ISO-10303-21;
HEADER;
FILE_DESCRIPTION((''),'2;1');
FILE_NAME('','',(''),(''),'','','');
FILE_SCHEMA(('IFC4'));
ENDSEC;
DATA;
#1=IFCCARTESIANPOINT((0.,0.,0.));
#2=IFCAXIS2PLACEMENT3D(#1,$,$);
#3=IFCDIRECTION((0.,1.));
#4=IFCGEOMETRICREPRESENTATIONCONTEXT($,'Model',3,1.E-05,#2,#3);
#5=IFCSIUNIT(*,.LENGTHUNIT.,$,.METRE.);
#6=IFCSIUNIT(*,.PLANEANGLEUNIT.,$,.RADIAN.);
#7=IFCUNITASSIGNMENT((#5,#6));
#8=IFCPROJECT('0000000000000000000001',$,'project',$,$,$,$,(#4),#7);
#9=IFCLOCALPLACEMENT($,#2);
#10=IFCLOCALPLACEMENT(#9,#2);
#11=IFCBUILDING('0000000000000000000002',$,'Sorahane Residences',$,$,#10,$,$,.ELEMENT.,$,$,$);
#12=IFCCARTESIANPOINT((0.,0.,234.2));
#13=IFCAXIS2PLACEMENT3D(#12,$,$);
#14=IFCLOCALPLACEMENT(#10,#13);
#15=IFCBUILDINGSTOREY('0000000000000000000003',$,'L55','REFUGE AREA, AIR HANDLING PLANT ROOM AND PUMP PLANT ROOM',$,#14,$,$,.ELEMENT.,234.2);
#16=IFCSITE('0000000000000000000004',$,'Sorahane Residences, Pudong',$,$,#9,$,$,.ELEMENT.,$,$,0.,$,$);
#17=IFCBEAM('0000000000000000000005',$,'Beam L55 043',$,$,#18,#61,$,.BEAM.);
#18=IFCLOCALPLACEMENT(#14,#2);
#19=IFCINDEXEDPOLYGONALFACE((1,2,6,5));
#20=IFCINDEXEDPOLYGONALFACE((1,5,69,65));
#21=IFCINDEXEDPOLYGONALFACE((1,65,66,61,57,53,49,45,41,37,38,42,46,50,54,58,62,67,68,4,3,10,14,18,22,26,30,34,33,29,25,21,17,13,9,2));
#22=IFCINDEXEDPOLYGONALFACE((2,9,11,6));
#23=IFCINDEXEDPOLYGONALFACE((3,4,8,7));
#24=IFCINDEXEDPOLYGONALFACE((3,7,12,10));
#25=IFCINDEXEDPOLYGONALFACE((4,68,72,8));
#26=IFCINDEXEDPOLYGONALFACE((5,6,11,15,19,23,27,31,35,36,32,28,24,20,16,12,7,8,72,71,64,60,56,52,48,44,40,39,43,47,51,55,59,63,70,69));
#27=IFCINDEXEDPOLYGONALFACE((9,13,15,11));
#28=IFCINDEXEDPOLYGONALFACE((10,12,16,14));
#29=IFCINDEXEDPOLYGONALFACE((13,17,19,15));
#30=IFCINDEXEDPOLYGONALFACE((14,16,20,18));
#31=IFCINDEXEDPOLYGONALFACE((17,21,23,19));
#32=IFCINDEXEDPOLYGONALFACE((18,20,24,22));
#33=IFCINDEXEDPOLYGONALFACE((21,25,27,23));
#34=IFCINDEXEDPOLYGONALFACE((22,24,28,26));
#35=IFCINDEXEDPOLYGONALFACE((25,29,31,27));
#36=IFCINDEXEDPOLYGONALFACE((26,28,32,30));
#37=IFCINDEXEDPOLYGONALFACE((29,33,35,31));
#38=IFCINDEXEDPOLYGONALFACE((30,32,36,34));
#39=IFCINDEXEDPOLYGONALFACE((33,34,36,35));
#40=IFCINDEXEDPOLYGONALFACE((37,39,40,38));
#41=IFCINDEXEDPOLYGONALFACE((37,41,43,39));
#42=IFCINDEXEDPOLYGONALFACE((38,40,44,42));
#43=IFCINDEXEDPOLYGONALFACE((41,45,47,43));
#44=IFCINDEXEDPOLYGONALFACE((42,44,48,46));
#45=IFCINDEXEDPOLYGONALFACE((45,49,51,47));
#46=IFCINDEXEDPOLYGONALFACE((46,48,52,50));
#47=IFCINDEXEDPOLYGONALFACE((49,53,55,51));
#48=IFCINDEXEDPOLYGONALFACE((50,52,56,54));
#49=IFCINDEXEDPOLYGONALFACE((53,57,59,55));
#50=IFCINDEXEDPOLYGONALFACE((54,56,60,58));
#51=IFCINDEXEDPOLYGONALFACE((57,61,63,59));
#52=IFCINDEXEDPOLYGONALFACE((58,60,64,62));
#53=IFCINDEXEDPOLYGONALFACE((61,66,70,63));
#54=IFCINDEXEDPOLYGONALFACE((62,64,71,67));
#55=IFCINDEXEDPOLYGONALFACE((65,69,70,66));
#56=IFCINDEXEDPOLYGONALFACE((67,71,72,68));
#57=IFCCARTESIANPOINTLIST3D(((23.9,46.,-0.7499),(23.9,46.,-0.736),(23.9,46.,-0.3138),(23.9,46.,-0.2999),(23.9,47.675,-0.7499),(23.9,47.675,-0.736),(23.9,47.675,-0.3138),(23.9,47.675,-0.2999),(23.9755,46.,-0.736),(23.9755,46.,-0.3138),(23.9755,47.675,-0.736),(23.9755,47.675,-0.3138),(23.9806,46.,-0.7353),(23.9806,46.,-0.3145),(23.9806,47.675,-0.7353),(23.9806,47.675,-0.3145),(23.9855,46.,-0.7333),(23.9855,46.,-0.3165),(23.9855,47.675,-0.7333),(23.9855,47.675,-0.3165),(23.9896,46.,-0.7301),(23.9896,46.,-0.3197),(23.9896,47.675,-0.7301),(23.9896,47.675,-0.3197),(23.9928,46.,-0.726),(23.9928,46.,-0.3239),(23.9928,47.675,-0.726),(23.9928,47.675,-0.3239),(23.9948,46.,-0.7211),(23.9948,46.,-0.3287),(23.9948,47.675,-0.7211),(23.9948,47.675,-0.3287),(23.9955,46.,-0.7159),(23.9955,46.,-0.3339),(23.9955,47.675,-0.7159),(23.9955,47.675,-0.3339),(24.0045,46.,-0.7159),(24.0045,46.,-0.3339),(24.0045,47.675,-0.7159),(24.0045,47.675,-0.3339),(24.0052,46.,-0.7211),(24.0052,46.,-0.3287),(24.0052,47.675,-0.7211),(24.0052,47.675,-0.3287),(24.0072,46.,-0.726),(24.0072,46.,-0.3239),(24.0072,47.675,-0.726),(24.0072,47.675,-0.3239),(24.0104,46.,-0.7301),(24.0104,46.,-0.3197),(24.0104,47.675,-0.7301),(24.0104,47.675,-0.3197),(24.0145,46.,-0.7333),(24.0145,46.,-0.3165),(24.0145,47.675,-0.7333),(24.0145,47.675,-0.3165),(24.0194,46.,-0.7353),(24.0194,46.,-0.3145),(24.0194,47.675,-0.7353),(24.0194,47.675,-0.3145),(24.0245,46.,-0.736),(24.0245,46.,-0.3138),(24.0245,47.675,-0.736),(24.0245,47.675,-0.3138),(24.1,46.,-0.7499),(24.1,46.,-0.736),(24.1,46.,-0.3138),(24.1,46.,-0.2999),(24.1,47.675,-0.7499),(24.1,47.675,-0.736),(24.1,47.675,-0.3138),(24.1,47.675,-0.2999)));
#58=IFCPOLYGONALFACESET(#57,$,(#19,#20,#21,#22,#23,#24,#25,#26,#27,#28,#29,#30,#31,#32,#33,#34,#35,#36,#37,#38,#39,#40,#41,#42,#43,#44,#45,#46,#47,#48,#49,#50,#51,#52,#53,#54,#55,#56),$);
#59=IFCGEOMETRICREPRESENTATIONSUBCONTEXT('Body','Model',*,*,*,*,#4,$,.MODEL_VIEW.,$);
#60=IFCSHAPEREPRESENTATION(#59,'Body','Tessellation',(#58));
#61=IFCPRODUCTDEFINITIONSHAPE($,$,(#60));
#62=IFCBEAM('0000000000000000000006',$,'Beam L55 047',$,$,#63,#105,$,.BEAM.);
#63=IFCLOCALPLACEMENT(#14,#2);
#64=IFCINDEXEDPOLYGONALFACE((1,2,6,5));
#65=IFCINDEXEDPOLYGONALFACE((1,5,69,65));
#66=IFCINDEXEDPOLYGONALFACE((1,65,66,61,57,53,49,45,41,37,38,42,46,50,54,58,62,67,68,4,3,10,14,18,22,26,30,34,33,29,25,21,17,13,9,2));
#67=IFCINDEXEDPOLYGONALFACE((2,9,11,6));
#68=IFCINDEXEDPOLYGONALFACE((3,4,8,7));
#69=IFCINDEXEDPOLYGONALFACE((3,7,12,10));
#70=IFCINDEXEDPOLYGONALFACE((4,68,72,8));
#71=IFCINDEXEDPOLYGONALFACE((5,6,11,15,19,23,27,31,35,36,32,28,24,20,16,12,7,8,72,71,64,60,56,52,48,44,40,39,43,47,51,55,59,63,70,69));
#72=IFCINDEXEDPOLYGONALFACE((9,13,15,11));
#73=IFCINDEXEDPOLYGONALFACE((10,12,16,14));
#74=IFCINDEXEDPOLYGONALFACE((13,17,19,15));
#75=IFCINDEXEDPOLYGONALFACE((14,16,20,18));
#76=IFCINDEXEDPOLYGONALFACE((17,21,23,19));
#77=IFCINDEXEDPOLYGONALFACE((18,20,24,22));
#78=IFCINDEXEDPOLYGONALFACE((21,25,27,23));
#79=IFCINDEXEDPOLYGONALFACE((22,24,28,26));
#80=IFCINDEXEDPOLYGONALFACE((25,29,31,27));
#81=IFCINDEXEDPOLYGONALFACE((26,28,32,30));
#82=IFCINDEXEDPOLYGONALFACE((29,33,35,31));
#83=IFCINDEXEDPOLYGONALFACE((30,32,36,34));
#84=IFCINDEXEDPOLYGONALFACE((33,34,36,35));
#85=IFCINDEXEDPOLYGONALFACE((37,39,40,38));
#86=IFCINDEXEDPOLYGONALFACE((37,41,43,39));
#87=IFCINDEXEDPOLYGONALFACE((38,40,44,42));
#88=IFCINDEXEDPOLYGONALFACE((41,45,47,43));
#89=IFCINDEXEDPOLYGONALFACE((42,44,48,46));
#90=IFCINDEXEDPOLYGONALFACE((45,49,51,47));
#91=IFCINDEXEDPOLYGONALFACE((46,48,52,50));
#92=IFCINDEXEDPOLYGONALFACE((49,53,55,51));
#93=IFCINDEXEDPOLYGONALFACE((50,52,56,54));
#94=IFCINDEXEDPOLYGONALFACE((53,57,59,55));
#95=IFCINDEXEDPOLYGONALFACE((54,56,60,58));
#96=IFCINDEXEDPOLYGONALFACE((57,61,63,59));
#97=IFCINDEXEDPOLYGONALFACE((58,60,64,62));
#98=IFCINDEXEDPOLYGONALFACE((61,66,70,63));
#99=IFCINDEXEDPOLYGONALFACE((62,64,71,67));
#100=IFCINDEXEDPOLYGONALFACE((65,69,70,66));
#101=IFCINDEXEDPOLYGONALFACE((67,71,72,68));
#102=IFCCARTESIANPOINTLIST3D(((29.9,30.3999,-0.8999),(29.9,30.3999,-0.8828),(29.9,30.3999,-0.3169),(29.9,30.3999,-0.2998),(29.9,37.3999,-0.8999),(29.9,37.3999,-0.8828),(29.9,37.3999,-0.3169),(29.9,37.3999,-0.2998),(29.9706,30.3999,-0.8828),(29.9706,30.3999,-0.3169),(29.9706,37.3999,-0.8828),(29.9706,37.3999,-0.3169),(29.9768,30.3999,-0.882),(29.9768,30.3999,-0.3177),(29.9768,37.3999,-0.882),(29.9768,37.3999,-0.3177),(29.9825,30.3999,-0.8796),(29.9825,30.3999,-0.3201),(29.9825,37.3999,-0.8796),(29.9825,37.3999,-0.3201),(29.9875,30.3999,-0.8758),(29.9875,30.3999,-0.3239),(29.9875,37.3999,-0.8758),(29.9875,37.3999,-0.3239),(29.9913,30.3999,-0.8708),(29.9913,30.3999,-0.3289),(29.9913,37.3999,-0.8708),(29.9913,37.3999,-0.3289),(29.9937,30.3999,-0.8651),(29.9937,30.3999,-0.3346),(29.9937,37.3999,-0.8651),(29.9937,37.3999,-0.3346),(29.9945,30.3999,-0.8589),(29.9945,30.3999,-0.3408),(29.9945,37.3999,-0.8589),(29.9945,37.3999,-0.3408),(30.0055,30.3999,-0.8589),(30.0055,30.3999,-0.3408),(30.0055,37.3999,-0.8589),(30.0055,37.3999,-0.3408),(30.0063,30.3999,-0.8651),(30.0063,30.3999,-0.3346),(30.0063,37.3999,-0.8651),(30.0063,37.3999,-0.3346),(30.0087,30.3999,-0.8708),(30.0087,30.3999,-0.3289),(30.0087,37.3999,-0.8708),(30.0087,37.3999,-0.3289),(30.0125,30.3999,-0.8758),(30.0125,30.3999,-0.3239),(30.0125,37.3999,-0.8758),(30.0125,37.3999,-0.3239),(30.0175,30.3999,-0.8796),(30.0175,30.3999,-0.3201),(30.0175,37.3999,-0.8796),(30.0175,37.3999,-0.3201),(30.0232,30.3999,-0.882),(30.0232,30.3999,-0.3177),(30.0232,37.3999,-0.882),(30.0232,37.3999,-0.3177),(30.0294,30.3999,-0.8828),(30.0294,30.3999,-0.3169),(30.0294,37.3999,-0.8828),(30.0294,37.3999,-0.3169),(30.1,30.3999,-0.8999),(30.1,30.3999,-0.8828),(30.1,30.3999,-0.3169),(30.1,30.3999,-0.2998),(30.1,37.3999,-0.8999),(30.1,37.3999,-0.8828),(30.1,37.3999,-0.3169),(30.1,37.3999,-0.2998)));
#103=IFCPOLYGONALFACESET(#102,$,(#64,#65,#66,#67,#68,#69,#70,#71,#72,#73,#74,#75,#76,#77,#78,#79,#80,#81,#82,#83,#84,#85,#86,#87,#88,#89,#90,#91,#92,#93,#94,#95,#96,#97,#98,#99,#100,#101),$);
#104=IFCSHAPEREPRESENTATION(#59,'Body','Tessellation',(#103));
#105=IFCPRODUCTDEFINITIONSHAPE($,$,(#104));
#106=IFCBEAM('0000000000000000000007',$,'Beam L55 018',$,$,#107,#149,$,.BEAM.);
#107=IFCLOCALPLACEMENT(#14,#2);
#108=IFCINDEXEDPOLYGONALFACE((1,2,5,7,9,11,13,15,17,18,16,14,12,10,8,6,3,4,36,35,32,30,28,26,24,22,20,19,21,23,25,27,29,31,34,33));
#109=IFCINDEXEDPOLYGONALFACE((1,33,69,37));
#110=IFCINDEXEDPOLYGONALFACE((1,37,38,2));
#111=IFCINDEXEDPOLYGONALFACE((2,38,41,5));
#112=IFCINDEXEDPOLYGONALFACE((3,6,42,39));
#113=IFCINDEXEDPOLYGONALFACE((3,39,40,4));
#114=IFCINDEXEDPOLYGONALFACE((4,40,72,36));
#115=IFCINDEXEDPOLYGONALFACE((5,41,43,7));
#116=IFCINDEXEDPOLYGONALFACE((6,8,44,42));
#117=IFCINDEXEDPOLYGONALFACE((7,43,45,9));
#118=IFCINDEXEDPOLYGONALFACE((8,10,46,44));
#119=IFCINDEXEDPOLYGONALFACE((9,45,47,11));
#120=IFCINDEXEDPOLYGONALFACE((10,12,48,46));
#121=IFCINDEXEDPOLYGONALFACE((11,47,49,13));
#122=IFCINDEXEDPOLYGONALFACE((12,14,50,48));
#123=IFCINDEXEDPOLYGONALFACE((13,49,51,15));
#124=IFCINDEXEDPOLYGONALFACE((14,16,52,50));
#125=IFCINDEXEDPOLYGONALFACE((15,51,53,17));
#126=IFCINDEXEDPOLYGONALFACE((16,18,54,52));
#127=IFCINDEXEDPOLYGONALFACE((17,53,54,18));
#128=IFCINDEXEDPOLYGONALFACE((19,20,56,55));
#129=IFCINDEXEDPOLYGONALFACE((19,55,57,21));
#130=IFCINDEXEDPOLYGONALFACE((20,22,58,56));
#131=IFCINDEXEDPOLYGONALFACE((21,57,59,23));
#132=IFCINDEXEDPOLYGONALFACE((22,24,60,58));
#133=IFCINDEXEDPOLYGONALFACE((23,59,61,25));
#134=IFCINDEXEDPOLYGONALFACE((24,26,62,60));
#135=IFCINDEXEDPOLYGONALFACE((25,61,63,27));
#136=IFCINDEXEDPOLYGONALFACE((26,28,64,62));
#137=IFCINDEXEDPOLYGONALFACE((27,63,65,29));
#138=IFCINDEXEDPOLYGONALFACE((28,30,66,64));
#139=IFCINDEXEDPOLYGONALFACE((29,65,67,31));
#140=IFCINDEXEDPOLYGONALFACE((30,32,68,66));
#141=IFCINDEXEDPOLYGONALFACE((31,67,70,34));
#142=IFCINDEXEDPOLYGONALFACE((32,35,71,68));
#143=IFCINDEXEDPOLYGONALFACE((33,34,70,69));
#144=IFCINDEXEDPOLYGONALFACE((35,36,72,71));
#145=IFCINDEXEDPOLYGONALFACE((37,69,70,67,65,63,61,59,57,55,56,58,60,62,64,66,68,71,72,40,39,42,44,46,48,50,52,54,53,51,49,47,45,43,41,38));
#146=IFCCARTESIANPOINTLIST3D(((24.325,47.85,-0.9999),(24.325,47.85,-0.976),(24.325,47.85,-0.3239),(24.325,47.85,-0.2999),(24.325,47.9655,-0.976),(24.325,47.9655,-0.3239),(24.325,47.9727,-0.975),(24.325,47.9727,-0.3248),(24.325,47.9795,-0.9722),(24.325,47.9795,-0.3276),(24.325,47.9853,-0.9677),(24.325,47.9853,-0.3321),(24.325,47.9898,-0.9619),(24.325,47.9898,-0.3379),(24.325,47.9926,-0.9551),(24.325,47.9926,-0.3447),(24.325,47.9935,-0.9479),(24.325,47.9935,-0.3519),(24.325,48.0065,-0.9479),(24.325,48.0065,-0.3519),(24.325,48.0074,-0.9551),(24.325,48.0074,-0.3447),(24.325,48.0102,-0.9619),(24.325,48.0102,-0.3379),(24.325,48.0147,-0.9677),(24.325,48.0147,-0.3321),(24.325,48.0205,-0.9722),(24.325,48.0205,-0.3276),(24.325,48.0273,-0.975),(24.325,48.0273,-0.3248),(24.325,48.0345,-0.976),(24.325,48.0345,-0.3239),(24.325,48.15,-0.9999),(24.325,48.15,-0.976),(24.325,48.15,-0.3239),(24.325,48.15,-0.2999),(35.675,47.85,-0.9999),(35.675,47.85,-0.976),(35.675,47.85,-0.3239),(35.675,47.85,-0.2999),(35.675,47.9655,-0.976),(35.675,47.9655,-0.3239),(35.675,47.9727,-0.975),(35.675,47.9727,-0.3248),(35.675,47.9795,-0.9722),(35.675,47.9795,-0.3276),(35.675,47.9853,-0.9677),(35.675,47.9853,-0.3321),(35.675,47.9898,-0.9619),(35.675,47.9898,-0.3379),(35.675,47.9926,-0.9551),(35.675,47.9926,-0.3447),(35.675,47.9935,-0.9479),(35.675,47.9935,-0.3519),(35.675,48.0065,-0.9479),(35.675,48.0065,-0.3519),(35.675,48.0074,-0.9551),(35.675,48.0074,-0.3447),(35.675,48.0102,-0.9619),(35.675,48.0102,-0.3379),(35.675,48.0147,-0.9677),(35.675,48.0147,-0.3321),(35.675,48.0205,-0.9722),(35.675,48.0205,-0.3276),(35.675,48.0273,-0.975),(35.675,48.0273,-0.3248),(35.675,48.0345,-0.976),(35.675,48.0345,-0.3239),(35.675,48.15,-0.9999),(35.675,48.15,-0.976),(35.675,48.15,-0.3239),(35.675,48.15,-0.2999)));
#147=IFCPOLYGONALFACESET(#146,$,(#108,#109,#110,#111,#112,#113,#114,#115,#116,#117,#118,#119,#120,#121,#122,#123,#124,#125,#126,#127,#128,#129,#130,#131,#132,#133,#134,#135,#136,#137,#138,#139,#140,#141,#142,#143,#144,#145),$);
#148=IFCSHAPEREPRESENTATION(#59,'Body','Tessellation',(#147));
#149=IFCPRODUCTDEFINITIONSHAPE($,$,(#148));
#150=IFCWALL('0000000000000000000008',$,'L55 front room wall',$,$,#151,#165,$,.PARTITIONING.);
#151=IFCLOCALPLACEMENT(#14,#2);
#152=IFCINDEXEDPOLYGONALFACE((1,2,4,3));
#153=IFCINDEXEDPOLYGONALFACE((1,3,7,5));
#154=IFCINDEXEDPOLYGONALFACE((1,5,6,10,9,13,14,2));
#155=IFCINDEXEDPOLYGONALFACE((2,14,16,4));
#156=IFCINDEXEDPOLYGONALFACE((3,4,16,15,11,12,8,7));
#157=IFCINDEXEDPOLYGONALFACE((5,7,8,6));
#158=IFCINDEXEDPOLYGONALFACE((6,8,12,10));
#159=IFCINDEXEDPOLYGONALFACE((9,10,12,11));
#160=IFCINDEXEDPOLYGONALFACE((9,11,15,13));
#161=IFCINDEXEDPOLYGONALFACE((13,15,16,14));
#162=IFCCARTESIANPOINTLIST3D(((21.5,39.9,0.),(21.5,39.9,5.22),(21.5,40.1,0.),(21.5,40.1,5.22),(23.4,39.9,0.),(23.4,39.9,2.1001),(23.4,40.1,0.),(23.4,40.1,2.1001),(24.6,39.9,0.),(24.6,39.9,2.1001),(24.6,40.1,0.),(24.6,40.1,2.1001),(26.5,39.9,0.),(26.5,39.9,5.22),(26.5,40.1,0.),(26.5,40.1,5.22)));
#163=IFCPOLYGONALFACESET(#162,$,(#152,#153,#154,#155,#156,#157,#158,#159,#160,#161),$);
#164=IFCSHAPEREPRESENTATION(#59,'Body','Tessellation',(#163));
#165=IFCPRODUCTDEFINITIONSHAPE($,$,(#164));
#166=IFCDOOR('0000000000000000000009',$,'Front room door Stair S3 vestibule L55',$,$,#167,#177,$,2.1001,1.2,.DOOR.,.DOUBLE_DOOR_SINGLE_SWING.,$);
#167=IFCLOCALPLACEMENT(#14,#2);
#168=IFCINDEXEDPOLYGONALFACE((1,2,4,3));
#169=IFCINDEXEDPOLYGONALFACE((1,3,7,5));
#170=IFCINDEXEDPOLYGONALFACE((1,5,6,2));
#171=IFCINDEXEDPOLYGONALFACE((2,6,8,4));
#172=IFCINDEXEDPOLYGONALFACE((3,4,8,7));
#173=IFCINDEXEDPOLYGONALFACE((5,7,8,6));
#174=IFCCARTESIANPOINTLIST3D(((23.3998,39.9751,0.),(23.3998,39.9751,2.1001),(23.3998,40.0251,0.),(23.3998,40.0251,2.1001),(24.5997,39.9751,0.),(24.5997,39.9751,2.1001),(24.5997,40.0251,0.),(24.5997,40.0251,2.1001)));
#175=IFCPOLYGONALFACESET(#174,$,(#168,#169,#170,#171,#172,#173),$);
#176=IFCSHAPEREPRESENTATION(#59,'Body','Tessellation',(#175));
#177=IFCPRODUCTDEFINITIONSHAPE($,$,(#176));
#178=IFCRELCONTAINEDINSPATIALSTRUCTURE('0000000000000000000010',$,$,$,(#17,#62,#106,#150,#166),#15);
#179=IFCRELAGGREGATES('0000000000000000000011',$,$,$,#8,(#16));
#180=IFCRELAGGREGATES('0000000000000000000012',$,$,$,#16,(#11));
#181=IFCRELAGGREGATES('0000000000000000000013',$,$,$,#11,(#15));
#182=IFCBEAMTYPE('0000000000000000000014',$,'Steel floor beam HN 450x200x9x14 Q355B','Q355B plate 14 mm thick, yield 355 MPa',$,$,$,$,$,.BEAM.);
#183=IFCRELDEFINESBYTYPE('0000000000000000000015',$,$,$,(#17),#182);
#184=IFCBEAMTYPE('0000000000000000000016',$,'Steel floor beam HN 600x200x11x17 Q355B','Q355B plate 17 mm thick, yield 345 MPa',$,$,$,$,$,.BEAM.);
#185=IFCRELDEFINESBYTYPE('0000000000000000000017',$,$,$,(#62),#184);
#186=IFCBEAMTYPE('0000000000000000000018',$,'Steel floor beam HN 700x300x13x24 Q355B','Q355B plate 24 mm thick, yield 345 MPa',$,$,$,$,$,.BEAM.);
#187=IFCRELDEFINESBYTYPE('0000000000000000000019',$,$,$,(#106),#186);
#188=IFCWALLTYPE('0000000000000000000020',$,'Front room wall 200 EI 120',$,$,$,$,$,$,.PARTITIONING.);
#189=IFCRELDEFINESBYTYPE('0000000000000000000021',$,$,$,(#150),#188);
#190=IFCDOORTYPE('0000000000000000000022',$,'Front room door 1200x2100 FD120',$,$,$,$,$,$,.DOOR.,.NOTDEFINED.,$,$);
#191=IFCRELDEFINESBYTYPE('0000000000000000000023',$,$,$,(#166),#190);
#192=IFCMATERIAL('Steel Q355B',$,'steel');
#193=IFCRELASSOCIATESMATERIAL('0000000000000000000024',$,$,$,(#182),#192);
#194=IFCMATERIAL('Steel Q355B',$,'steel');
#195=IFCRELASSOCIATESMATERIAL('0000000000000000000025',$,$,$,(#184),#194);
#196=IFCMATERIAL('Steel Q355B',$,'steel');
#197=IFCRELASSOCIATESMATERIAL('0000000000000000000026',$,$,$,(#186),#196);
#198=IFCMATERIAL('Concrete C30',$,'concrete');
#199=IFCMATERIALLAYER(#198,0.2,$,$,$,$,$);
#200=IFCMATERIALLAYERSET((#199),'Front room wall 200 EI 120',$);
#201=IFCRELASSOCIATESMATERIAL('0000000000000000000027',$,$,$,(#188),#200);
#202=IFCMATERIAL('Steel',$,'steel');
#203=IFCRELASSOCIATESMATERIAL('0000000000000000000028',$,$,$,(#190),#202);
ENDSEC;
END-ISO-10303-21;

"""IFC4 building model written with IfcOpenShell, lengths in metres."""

from ifc_helpers import new_model, si_unit, direction, frame, frame_2d, origin, origin_2d, place, context, subcontext, project, spatial, rectangle, i_section, extrude, material, layer, layer_set, material_profile, profile_set, type_object, element, fill, save


model = new_model("IFC4")

# Units and contexts
model_context = context("Model", 3, precision=1e-05, world=origin(), true_north=direction((0.0, 1.0)))
body_context = subcontext(model_context, "Body", "Model", "MODEL_VIEW")
ifc_project = project(units=[si_unit("LENGTHUNIT", "METRE"), si_unit("PLANEANGLEUNIT", "RADIAN")], contexts=[model_context])

# Site, building, storey
site_placement = place(None, origin())
site = spatial("IfcSite", under=ifc_project, at=site_placement, Name="Sorahane Residences, Pudong", CompositionType="ELEMENT", RefElevation=0.0)
building_placement = place(site_placement, origin())
building = spatial("IfcBuilding", under=site, at=building_placement, Name="Sorahane Residences", CompositionType="ELEMENT")
storey_placement = place(building_placement, frame((0.0, 0.0, 234.2)))
storey = spatial("IfcBuildingStorey", under=building, at=storey_placement, Name="L55", Description="REFUGE AREA, AIR HANDLING PLANT ROOM AND PUMP PLANT ROOM", CompositionType="ELEMENT", Elevation=234.2)

# Beams
ifc_material_1 = material(Name="Steel Q355B", Category="steel")
ifc_material_profile_1 = material_profile(ifc_material_1, i_section(OverallWidth=0.2, OverallDepth=0.45, WebThickness=0.009, FlangeThickness=0.0139, FilletRadius=0.02, at=origin_2d()), Name="HN 450x200x9x14")
ifc_profile_set_1 = profile_set([ifc_material_profile_1], Name="Steel Q355B")
beam_type_1 = type_object("IfcBeamType", Name="Steel floor beam HN 450x200x9x14 Q355B", Description="Q355B plate 14 mm thick, yield 355 MPa", PredefinedType="BEAM", material=ifc_profile_set_1)
beam_1_placement = place(storey_placement, frame((24.0, 46.0, -0.5249), z_axis=(0.0, 1.0, 0.0), x_axis=(-1.0, 0.0, 0.0)))
element("IfcBeam", 1, at=beam_1_placement, inside=storey, type_object=beam_type_1, Name="Beam L55 043", PredefinedType="BEAM", context=body_context, shape_type="SweptSolid", body=[
    extrude(i_section(OverallWidth=0.2, OverallDepth=0.45, WebThickness=0.009, FlangeThickness=0.0139, FilletRadius=0.02, at=origin_2d()), origin(), (0.0, 0.0, 1.0), 1.675),
])
ifc_material_2 = material(Name="Steel Q355B", Category="steel")
ifc_material_profile_2 = material_profile(ifc_material_2, i_section(OverallWidth=0.2, OverallDepth=0.6001, WebThickness=0.011, FlangeThickness=0.0171, FilletRadius=0.0239, at=origin_2d()), Name="HN 600x200x11x17")
ifc_profile_set_2 = profile_set([ifc_material_profile_2], Name="Steel Q355B")
beam_type_2 = type_object("IfcBeamType", Name="Steel floor beam HN 600x200x11x17 Q355B", Description="Q355B plate 17 mm thick, yield 345 MPa", PredefinedType="BEAM", material=ifc_profile_set_2)
beam_2_placement = place(storey_placement, frame((30.0, 30.3999, -0.5999), z_axis=(0.0, 1.0, 0.0), x_axis=(-1.0, 0.0, 0.0)))
element("IfcBeam", 2, at=beam_2_placement, inside=storey, type_object=beam_type_2, Name="Beam L55 047", PredefinedType="BEAM", context=body_context, shape_type="SweptSolid", body=[
    extrude(i_section(OverallWidth=0.2, OverallDepth=0.6001, WebThickness=0.011, FlangeThickness=0.0171, FilletRadius=0.0239, at=origin_2d()), origin(), (0.0, 0.0, 1.0), 7.0),
])
ifc_material_3 = material(Name="Steel Q355B", Category="steel")
ifc_material_profile_3 = material_profile(ifc_material_3, i_section(OverallWidth=0.3, OverallDepth=0.7, WebThickness=0.0129, FlangeThickness=0.0239, FilletRadius=0.0281, at=origin_2d()), Name="HN 700x300x13x24")
ifc_profile_set_3 = profile_set([ifc_material_profile_3], Name="Steel Q355B")
beam_type_3 = type_object("IfcBeamType", Name="Steel floor beam HN 700x300x13x24 Q355B", Description="Q355B plate 24 mm thick, yield 345 MPa", PredefinedType="BEAM", material=ifc_profile_set_3)
beam_3_placement = place(storey_placement, frame((24.325, 48.0, -0.6499), z_axis=(1.0, 0.0, 0.0), x_axis=(0.0, 1.0, 0.0)))
element("IfcBeam", 3, at=beam_3_placement, inside=storey, type_object=beam_type_3, Name="Beam L55 018", PredefinedType="BEAM", context=body_context, shape_type="SweptSolid", body=[
    extrude(i_section(OverallWidth=0.3, OverallDepth=0.7, WebThickness=0.0129, FlangeThickness=0.0239, FilletRadius=0.0281, at=origin_2d()), origin(), (0.0, 0.0, 1.0), 11.3501),
])

# Wall, opening, door
ifc_material_4 = material(Name="Concrete C30", Category="concrete")
ifc_layer_1 = layer(ifc_material_4, 0.2)
ifc_layer_set_1 = layer_set([ifc_layer_1], Name="Front room wall 200 EI 120")
wall_type_1 = type_object("IfcWallType", Name="Front room wall 200 EI 120", PredefinedType="PARTITIONING", material=ifc_layer_set_1)
wall_1_placement = place(storey_placement, frame((21.5, 40.0, 0.0), z_axis=(0.0, 0.0, 1.0), x_axis=(1.0, 0.0, 0.0)))
wall_1 = element("IfcWall", 4, at=wall_1_placement, inside=storey, type_object=wall_type_1, Name="L55 front room wall", PredefinedType="PARTITIONING", context=body_context, shape_type="SweptSolid", body=[
    extrude(rectangle(XDim=5.0, YDim=0.2, at=frame_2d((2.5, 0.0))), origin(), (0.0, 0.0, 1.0), 5.22),
])
opening_placement = place(wall_1_placement, frame((1.8999, 0.0, 0.0)))
opening = element("IfcOpeningElement", 5, at=opening_placement, cuts=wall_1, PredefinedType="OPENING", context=body_context, shape_type="SweptSolid", body=[
    extrude(rectangle(XDim=1.2, YDim=2.1001, at=frame_2d((0.6001, 1.05))), frame((0.0, 0.1099, 0.0), z_axis=(0.0, -1.0, 0.0), x_axis=(1.0, 0.0, 0.0)), (0.0, 0.0, 1.0), 0.22),
])
ifc_material_5 = material(Name="Steel", Category="steel")
door_type = type_object("IfcDoorType", Name="Front room door 1200x2100 FD120", OperationType="NOTDEFINED", PredefinedType="DOOR", material=ifc_material_5)
door_placement = place(opening_placement, frame((1.2, 0.0, 0.0), z_axis=(0.0, 0.0, 1.0), x_axis=(-1.0, 0.0, 0.0)))
door = element("IfcDoor", 6, at=door_placement, inside=storey, type_object=door_type, Name="Front room door Stair S3 vestibule L55", OperationType="DOUBLE_DOOR_SINGLE_SWING", OverallHeight=2.1001, OverallWidth=1.2, PredefinedType="DOOR", context=body_context, shape_type="SweptSolid", body=[
    extrude(rectangle(XDim=1.2, YDim=2.1001, at=frame_2d((0.6001, 1.05))), frame((0.0, 0.0249, 0.0), z_axis=(0.0, -1.0, 0.0), x_axis=(1.0, 0.0, 0.0)), (0.0, 0.0, 1.0), 0.05),
])
fill(opening, door)

save(model, "model.ifc")
